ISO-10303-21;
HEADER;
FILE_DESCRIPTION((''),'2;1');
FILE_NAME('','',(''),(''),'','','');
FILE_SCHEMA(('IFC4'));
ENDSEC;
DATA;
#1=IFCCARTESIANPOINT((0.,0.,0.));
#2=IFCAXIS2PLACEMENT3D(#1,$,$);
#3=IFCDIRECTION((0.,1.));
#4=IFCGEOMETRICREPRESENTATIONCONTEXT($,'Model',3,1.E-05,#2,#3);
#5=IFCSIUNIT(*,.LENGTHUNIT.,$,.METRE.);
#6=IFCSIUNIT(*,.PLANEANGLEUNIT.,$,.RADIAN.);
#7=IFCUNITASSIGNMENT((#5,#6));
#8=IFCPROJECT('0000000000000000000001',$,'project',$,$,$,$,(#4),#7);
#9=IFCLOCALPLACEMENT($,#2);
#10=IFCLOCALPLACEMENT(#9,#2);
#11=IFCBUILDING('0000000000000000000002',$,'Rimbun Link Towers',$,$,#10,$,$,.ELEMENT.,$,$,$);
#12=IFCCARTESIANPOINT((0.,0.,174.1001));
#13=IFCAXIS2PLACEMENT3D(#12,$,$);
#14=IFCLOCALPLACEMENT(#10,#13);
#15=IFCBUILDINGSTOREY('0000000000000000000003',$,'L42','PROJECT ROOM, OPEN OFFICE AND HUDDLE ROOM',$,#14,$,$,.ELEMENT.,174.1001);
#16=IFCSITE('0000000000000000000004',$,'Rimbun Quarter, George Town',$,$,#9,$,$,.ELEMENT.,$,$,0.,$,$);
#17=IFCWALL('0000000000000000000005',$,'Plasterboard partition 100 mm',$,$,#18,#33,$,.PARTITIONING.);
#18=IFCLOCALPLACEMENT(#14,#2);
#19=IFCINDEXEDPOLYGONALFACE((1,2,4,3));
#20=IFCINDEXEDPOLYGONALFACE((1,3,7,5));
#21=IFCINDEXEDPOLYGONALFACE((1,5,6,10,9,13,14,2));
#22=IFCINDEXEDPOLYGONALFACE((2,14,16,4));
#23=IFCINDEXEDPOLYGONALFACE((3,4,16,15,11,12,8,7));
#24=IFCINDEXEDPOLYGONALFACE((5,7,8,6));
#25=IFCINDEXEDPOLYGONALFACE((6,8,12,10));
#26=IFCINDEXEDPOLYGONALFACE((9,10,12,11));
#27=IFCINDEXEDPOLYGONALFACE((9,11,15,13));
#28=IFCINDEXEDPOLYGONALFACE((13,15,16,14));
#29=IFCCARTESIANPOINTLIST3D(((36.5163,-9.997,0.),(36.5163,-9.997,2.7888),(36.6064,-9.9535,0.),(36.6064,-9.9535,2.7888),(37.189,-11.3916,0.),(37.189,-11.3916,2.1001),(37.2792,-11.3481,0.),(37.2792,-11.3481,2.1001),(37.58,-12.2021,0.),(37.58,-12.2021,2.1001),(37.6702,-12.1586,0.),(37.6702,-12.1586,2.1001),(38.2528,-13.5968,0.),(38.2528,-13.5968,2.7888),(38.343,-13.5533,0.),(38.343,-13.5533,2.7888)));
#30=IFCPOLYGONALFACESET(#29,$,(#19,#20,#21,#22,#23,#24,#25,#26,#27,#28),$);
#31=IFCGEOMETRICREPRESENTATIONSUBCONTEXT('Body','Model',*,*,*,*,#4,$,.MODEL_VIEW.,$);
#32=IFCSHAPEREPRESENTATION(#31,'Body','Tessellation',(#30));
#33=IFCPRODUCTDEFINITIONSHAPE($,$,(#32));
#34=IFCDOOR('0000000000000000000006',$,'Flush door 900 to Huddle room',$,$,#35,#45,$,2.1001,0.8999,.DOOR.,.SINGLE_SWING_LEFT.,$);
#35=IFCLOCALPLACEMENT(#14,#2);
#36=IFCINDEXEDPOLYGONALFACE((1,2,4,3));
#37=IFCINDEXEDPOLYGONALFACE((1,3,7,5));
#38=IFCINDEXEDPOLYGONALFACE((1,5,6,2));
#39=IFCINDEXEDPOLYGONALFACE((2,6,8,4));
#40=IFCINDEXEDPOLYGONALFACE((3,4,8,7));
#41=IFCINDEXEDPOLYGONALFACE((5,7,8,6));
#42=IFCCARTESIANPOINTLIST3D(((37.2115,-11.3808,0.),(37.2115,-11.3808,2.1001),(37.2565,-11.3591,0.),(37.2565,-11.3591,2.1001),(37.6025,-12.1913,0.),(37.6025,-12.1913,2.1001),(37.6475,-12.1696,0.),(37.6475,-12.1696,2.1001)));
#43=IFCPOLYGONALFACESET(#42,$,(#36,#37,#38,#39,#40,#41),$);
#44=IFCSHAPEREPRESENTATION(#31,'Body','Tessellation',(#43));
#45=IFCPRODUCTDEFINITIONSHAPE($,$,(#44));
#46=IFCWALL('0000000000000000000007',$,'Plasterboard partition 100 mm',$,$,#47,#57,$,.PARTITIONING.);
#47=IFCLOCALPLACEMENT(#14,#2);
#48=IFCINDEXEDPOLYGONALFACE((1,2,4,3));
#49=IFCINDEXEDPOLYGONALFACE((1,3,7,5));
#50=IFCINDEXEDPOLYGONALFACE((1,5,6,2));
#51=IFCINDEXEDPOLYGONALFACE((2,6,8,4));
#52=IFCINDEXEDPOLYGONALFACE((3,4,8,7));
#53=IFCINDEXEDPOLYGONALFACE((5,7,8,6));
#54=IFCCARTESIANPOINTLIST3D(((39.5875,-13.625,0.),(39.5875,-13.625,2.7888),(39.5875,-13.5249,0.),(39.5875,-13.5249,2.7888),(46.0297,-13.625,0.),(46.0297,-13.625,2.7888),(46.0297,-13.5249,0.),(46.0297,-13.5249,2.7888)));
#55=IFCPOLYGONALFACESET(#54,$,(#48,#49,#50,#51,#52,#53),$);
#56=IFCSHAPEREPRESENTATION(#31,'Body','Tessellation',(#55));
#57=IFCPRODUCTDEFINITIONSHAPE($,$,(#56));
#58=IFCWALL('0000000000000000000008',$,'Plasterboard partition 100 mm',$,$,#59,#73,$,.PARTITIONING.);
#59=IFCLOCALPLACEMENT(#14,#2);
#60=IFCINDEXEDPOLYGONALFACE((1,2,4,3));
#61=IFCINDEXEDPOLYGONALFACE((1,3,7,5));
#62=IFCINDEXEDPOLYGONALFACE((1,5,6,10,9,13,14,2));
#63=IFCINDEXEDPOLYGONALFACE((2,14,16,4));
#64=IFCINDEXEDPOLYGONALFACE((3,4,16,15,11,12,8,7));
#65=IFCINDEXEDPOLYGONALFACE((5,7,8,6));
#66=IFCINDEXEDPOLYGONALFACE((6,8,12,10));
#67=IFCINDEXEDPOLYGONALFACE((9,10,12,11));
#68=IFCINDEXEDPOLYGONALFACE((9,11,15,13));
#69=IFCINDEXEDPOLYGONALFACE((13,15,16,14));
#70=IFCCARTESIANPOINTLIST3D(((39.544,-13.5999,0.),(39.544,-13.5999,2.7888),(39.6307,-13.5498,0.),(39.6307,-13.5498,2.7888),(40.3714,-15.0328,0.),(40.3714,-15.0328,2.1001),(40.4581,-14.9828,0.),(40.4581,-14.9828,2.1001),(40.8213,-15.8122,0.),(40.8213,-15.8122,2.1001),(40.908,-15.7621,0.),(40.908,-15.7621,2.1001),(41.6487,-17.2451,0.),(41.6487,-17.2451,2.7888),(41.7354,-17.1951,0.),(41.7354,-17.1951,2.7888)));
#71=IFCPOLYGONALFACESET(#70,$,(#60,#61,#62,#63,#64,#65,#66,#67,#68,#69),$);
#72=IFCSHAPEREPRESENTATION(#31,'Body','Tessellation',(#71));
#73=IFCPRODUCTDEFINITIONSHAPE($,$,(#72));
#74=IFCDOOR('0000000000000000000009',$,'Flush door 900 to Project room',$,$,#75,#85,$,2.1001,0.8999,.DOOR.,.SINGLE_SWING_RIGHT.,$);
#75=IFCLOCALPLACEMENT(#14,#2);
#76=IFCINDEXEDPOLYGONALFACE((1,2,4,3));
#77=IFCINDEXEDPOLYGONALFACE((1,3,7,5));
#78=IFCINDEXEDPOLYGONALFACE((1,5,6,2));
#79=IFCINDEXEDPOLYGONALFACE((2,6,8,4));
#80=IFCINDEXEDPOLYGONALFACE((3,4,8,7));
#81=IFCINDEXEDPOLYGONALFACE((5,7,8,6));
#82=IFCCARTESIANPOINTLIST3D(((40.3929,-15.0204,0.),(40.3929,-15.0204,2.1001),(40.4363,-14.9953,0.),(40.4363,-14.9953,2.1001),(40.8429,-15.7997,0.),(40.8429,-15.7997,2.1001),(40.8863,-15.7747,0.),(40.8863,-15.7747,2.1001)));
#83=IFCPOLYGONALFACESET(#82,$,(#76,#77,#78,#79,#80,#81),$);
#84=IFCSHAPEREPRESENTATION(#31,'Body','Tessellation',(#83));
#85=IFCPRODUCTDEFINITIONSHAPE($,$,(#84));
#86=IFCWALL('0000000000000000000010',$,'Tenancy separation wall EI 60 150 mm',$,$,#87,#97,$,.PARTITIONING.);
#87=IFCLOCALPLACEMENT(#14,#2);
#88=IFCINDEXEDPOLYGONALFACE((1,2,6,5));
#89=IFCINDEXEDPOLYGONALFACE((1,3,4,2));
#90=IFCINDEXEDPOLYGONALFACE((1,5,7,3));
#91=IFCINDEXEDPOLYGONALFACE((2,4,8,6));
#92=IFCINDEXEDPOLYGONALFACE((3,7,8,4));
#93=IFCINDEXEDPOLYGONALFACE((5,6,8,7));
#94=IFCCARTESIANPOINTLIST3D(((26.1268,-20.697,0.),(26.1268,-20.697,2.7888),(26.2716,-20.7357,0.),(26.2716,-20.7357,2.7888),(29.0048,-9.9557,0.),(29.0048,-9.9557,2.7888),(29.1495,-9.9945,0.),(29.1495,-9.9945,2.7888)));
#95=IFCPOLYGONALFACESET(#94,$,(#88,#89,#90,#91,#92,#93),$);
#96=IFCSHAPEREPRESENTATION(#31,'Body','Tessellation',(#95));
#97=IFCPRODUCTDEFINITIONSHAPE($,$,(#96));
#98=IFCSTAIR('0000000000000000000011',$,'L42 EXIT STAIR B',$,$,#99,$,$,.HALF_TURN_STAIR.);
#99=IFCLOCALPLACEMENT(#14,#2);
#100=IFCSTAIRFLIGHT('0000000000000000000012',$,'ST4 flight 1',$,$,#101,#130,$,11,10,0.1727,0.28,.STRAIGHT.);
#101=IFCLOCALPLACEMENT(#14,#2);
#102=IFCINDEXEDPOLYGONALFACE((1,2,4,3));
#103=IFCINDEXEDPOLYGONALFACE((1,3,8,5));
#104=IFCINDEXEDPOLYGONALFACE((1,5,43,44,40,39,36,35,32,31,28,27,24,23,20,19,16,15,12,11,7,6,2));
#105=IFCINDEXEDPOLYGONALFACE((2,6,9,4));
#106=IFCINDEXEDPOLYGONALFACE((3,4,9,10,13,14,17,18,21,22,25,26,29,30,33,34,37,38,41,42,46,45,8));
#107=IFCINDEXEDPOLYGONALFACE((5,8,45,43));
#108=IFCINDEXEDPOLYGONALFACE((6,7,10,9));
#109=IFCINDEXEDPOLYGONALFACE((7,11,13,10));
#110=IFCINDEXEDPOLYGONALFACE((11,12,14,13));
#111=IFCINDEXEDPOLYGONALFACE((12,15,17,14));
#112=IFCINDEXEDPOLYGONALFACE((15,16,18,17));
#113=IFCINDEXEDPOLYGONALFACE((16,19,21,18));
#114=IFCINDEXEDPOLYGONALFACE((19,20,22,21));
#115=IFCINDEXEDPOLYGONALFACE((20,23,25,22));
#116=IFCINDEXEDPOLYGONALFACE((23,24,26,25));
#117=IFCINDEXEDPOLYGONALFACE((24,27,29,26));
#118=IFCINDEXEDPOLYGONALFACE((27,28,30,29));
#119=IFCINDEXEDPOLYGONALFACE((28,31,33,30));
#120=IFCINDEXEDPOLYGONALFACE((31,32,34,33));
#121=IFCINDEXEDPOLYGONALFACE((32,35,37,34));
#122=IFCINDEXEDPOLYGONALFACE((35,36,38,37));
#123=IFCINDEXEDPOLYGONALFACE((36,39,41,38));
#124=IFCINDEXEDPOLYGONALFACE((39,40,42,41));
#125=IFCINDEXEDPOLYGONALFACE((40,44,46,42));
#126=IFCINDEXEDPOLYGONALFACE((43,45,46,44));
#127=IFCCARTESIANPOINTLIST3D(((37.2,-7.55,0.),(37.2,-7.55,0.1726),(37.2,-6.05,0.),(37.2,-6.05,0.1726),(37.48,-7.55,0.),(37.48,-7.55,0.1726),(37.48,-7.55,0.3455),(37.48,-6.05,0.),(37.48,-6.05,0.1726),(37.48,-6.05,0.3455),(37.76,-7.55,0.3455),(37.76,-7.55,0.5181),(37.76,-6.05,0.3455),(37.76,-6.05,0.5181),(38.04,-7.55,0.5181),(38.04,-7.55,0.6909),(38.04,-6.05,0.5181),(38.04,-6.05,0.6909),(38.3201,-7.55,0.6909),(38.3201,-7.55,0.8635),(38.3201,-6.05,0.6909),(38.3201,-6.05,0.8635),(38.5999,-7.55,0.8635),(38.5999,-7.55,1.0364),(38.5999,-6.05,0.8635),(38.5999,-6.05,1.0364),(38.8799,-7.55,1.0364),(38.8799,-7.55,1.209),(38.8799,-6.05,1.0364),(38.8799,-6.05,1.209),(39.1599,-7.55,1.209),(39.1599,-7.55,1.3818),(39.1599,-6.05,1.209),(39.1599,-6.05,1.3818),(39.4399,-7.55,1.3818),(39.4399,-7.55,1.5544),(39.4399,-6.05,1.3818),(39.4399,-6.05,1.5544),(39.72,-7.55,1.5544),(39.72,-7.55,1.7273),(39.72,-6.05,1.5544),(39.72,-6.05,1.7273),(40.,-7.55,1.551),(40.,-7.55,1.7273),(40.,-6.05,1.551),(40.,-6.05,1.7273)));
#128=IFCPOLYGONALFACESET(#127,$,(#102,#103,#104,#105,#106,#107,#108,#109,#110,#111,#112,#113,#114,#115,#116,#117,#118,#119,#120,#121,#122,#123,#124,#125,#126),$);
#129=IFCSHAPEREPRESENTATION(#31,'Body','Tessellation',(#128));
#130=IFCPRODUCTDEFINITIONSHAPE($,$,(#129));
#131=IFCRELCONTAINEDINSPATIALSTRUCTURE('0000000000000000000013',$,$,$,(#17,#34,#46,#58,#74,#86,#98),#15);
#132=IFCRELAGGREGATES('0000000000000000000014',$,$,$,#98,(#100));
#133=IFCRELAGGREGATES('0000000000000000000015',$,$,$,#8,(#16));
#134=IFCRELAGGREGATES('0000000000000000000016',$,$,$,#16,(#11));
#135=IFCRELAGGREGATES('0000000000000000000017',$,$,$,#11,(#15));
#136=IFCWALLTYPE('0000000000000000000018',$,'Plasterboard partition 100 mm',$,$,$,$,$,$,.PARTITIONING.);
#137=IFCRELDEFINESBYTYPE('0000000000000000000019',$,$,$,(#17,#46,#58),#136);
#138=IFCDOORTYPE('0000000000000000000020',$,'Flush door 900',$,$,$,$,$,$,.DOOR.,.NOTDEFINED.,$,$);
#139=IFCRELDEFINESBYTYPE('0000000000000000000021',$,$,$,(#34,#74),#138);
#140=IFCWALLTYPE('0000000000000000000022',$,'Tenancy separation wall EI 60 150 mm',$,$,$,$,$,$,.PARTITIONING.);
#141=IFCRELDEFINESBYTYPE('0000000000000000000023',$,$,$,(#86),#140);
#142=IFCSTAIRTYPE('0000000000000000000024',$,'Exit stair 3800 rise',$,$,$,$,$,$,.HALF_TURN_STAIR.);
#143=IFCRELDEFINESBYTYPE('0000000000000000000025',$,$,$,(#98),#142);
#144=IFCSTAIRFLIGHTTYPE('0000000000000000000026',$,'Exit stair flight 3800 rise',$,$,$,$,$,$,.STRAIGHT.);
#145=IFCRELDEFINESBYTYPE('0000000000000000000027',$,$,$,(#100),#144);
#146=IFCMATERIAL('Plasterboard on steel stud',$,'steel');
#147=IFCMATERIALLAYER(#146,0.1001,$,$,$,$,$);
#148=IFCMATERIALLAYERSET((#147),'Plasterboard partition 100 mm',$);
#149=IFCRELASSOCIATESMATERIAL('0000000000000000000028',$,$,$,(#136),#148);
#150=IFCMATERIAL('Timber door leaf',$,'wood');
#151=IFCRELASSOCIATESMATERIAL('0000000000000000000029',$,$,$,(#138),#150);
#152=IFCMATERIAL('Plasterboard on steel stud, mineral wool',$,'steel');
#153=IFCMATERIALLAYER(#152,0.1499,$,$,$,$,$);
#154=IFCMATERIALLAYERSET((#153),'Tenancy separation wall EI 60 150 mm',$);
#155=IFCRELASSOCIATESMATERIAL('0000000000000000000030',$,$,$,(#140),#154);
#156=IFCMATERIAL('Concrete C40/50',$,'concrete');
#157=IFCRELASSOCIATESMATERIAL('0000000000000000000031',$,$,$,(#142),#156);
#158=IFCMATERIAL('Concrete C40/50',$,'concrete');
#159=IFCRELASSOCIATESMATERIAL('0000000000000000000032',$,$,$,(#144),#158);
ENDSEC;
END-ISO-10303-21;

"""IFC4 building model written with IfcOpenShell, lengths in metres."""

from ifc_helpers import new_model, si_unit, direction, frame, frame_2d, origin, place, context, subcontext, project, spatial, polyline, rectangle, outline, extrude, material, layer, layer_set, type_object, element, fill, aggregate, save


model = new_model("IFC4")

# Units and contexts
model_context = context("Model", 3, precision=1e-05, world=origin(), true_north=direction((0.0, 1.0)))
body_context = subcontext(model_context, "Body", "Model", "MODEL_VIEW")
ifc_project = project(units=[si_unit("LENGTHUNIT", "METRE"), si_unit("PLANEANGLEUNIT", "RADIAN")], contexts=[model_context])

# Site, building, storey
site_placement = place(None, origin())
site = spatial("IfcSite", under=ifc_project, at=site_placement, Name="Rimbun Quarter, George Town", CompositionType="ELEMENT", RefElevation=0.0)
building_placement = place(site_placement, origin())
building = spatial("IfcBuilding", under=site, at=building_placement, Name="Rimbun Link Towers", CompositionType="ELEMENT")
storey_placement = place(building_placement, frame((0.0, 0.0, 174.1001)))
storey = spatial("IfcBuildingStorey", under=building, at=storey_placement, Name="L42", Description="PROJECT ROOM, OPEN OFFICE AND HUDDLE ROOM", CompositionType="ELEMENT", Elevation=174.1001)

# Wall, opening, door
ifc_material_1 = material(Name="Plasterboard on steel stud", Category="steel")
ifc_layer_1 = layer(ifc_material_1, 0.1001)
ifc_layer_set_1 = layer_set([ifc_layer_1], Name="Plasterboard partition 100 mm")
wall_type_1 = type_object("IfcWallType", Name="Plasterboard partition 100 mm", PredefinedType="PARTITIONING", material=ifc_layer_set_1)
ifc_material_2 = material(Name="Timber door leaf", Category="wood")
door_type_1 = type_object("IfcDoorType", Name="Flush door 900", OperationType="NOTDEFINED", PredefinedType="DOOR", material=ifc_material_2)
wall_1_placement = place(storey_placement, frame((36.5613, -9.9751, 0.0), z_axis=(0.0, 0.0, 1.0), x_axis=(0.434488, -0.900678, 0.0)))
wall_1 = element("IfcWall", 1, at=wall_1_placement, inside=storey, type_object=wall_type_1, Name="Plasterboard partition 100 mm", PredefinedType="PARTITIONING", context=body_context, shape_type="SweptSolid", body=[
    extrude(rectangle(XDim=3.9968, YDim=0.1001, at=frame_2d((1.9985, 0.0))), origin(), (0.0, 0.0, 1.0), 2.7888),
])
opening_1_placement = place(wall_1_placement, frame((1.5486, 0.0, 0.0)))
opening_1 = element("IfcOpeningElement", 2, at=opening_1_placement, cuts=wall_1, PredefinedType="OPENING", context=body_context, shape_type="SweptSolid", body=[
    extrude(rectangle(XDim=0.8999, YDim=2.1001, at=frame_2d((0.45, 1.05))), frame((0.0, 0.0601, 0.0), z_axis=(0.0, -1.0, 0.0), x_axis=(1.0, 0.0, 0.0)), (0.0, 0.0, 1.0), 0.1201),
])
door_1_placement = place(opening_1_placement, origin())
door_1 = element("IfcDoor", 3, at=door_1_placement, inside=storey, type_object=door_type_1, Name="Flush door 900 to Huddle room", OperationType="SINGLE_SWING_LEFT", OverallHeight=2.1001, OverallWidth=0.8999, PredefinedType="DOOR", context=body_context, shape_type="SweptSolid", body=[
    extrude(rectangle(XDim=0.8999, YDim=2.1001, at=frame_2d((0.45, 1.05))), frame((0.0, 0.0249, 0.0), z_axis=(0.0, -1.0, 0.0), x_axis=(1.0, 0.0, 0.0)), (0.0, 0.0, 1.0), 0.05),
])
fill(opening_1, door_1)

# Wall
wall_2_placement = place(storey_placement, frame((39.5874, -13.575, 0.0), z_axis=(0.0, 0.0, 1.0), x_axis=(1.0, 0.0, 0.0)))
element("IfcWall", 4, at=wall_2_placement, inside=storey, type_object=wall_type_1, Name="Plasterboard partition 100 mm", PredefinedType="PARTITIONING", context=body_context, shape_type="SweptSolid", body=[
    extrude(rectangle(XDim=6.4421, YDim=0.1001, at=frame_2d((3.2212, 0.0))), origin(), (0.0, 0.0, 1.0), 2.7888),
])

# Wall, opening, door
wall_3_placement = place(storey_placement, frame((39.5874, -13.575, 0.0), z_axis=(0.0, 0.0, 1.0), x_axis=(0.500025, -0.866011, 0.0)))
wall_3 = element("IfcWall", 5, at=wall_3_placement, inside=storey, type_object=wall_type_1, Name="Plasterboard partition 100 mm", PredefinedType="PARTITIONING", context=body_context, shape_type="SweptSolid", body=[
    extrude(rectangle(XDim=4.2092, YDim=0.1001, at=frame_2d((2.1045, 0.0))), origin(), (0.0, 0.0, 1.0), 2.7888),
])
opening_2_placement = place(wall_3_placement, frame((1.6545, 0.0, 0.0)))
opening_2 = element("IfcOpeningElement", 6, at=opening_2_placement, cuts=wall_3, PredefinedType="OPENING", context=body_context, shape_type="SweptSolid", body=[
    extrude(rectangle(XDim=0.8999, YDim=2.1001, at=frame_2d((0.45, 1.05))), frame((0.0, 0.0601, 0.0), z_axis=(0.0, -1.0, 0.0), x_axis=(1.0, 0.0, 0.0)), (0.0, 0.0, 1.0), 0.1201),
])
door_2_placement = place(opening_2_placement, origin())
door_2 = element("IfcDoor", 7, at=door_2_placement, inside=storey, type_object=door_type_1, Name="Flush door 900 to Project room", OperationType="SINGLE_SWING_RIGHT", OverallHeight=2.1001, OverallWidth=0.8999, PredefinedType="DOOR", context=body_context, shape_type="SweptSolid", body=[
    extrude(rectangle(XDim=0.8999, YDim=2.1001, at=frame_2d((0.45, 1.05))), frame((0.0, 0.0249, 0.0), z_axis=(0.0, -1.0, 0.0), x_axis=(1.0, 0.0, 0.0)), (0.0, 0.0, 1.0), 0.05),
])
fill(opening_2, door_2)

# Wall
ifc_material_3 = material(Name="Plasterboard on steel stud, mineral wool", Category="steel")
ifc_layer_2 = layer(ifc_material_3, 0.1499)
ifc_layer_set_2 = layer_set([ifc_layer_2], Name="Tenancy separation wall EI 60 150 mm")
wall_type_2 = type_object("IfcWallType", Name="Tenancy separation wall EI 60 150 mm", PredefinedType="PARTITIONING", material=ifc_layer_set_2)
wall_4_placement = place(storey_placement, frame((29.0771, -9.9751, 0.0), z_axis=(0.0, 0.0, 1.0), x_axis=(-0.258805, -0.96593, 0.0)))
element("IfcWall", 8, at=wall_4_placement, inside=storey, type_object=wall_type_2, Name="Tenancy separation wall EI 60 150 mm", PredefinedType="PARTITIONING", context=body_context, shape_type="SweptSolid", body=[
    extrude(rectangle(XDim=11.1201, YDim=0.1499, at=frame_2d((5.5601, 0.0))), origin(), (0.0, 0.0, 1.0), 2.7888),
])

# Stair, stair flight
ifc_material_4 = material(Name="Concrete C40/50", Category="concrete")
stair_type = type_object("IfcStairType", Name="Exit stair 3800 rise", PredefinedType="HALF_TURN_STAIR", material=ifc_material_4)
stair_placement = place(storey_placement, origin())
stair = element("IfcStair", 9, at=stair_placement, inside=storey, type_object=stair_type, Name="L42 EXIT STAIR B", PredefinedType="HALF_TURN_STAIR")
ifc_material_5 = material(Name="Concrete C40/50", Category="concrete")
stair_flight_type = type_object("IfcStairFlightType", Name="Exit stair flight 3800 rise", PredefinedType="STRAIGHT", material=ifc_material_5)
stair_flight_placement = place(storey_placement, frame((37.2, -6.8, 0.0), z_axis=(0.0, 0.0, 1.0), x_axis=(1.0, 0.0, 0.0)))
stair_flight = element("IfcStairFlight", 10, at=stair_flight_placement, type_object=stair_flight_type, Name="ST4 flight 1", NumberOfRisers=11, NumberOfTreads=10, PredefinedType="STRAIGHT", RiserHeight=0.1727, TreadLength=0.28, context=body_context, shape_type="SweptSolid", body=[
    extrude(outline(polyline([(0.0, 0.0), (0.0, 0.1726), (0.28, 0.1726), (0.28, 0.3455), (0.5601, 0.3455), (0.5601, 0.5181), (0.8401, 0.5181), (0.8401, 0.6909), (1.1201, 0.6909), (1.1201, 0.8635), (1.3999, 0.8635), (1.3999, 1.0364), (1.6799, 1.0364), (1.6799, 1.209), (1.96, 1.209), (1.96, 1.3818), (2.24, 1.3818), (2.24, 1.5544), (2.52, 1.5544), (2.52, 1.7273), (2.8, 1.7273), (2.8, 1.8999), (2.8, 1.551), (0.28, 0.0), (0.0, 0.0)])), frame((0.0, 0.75, 0.0), z_axis=(0.0, -1.0, 0.0), x_axis=(1.0, 0.0, 0.0)), (0.0, 0.0, 1.0), 1.5),
])
aggregate(stair, [stair_flight])

save(model, "model.ifc")
